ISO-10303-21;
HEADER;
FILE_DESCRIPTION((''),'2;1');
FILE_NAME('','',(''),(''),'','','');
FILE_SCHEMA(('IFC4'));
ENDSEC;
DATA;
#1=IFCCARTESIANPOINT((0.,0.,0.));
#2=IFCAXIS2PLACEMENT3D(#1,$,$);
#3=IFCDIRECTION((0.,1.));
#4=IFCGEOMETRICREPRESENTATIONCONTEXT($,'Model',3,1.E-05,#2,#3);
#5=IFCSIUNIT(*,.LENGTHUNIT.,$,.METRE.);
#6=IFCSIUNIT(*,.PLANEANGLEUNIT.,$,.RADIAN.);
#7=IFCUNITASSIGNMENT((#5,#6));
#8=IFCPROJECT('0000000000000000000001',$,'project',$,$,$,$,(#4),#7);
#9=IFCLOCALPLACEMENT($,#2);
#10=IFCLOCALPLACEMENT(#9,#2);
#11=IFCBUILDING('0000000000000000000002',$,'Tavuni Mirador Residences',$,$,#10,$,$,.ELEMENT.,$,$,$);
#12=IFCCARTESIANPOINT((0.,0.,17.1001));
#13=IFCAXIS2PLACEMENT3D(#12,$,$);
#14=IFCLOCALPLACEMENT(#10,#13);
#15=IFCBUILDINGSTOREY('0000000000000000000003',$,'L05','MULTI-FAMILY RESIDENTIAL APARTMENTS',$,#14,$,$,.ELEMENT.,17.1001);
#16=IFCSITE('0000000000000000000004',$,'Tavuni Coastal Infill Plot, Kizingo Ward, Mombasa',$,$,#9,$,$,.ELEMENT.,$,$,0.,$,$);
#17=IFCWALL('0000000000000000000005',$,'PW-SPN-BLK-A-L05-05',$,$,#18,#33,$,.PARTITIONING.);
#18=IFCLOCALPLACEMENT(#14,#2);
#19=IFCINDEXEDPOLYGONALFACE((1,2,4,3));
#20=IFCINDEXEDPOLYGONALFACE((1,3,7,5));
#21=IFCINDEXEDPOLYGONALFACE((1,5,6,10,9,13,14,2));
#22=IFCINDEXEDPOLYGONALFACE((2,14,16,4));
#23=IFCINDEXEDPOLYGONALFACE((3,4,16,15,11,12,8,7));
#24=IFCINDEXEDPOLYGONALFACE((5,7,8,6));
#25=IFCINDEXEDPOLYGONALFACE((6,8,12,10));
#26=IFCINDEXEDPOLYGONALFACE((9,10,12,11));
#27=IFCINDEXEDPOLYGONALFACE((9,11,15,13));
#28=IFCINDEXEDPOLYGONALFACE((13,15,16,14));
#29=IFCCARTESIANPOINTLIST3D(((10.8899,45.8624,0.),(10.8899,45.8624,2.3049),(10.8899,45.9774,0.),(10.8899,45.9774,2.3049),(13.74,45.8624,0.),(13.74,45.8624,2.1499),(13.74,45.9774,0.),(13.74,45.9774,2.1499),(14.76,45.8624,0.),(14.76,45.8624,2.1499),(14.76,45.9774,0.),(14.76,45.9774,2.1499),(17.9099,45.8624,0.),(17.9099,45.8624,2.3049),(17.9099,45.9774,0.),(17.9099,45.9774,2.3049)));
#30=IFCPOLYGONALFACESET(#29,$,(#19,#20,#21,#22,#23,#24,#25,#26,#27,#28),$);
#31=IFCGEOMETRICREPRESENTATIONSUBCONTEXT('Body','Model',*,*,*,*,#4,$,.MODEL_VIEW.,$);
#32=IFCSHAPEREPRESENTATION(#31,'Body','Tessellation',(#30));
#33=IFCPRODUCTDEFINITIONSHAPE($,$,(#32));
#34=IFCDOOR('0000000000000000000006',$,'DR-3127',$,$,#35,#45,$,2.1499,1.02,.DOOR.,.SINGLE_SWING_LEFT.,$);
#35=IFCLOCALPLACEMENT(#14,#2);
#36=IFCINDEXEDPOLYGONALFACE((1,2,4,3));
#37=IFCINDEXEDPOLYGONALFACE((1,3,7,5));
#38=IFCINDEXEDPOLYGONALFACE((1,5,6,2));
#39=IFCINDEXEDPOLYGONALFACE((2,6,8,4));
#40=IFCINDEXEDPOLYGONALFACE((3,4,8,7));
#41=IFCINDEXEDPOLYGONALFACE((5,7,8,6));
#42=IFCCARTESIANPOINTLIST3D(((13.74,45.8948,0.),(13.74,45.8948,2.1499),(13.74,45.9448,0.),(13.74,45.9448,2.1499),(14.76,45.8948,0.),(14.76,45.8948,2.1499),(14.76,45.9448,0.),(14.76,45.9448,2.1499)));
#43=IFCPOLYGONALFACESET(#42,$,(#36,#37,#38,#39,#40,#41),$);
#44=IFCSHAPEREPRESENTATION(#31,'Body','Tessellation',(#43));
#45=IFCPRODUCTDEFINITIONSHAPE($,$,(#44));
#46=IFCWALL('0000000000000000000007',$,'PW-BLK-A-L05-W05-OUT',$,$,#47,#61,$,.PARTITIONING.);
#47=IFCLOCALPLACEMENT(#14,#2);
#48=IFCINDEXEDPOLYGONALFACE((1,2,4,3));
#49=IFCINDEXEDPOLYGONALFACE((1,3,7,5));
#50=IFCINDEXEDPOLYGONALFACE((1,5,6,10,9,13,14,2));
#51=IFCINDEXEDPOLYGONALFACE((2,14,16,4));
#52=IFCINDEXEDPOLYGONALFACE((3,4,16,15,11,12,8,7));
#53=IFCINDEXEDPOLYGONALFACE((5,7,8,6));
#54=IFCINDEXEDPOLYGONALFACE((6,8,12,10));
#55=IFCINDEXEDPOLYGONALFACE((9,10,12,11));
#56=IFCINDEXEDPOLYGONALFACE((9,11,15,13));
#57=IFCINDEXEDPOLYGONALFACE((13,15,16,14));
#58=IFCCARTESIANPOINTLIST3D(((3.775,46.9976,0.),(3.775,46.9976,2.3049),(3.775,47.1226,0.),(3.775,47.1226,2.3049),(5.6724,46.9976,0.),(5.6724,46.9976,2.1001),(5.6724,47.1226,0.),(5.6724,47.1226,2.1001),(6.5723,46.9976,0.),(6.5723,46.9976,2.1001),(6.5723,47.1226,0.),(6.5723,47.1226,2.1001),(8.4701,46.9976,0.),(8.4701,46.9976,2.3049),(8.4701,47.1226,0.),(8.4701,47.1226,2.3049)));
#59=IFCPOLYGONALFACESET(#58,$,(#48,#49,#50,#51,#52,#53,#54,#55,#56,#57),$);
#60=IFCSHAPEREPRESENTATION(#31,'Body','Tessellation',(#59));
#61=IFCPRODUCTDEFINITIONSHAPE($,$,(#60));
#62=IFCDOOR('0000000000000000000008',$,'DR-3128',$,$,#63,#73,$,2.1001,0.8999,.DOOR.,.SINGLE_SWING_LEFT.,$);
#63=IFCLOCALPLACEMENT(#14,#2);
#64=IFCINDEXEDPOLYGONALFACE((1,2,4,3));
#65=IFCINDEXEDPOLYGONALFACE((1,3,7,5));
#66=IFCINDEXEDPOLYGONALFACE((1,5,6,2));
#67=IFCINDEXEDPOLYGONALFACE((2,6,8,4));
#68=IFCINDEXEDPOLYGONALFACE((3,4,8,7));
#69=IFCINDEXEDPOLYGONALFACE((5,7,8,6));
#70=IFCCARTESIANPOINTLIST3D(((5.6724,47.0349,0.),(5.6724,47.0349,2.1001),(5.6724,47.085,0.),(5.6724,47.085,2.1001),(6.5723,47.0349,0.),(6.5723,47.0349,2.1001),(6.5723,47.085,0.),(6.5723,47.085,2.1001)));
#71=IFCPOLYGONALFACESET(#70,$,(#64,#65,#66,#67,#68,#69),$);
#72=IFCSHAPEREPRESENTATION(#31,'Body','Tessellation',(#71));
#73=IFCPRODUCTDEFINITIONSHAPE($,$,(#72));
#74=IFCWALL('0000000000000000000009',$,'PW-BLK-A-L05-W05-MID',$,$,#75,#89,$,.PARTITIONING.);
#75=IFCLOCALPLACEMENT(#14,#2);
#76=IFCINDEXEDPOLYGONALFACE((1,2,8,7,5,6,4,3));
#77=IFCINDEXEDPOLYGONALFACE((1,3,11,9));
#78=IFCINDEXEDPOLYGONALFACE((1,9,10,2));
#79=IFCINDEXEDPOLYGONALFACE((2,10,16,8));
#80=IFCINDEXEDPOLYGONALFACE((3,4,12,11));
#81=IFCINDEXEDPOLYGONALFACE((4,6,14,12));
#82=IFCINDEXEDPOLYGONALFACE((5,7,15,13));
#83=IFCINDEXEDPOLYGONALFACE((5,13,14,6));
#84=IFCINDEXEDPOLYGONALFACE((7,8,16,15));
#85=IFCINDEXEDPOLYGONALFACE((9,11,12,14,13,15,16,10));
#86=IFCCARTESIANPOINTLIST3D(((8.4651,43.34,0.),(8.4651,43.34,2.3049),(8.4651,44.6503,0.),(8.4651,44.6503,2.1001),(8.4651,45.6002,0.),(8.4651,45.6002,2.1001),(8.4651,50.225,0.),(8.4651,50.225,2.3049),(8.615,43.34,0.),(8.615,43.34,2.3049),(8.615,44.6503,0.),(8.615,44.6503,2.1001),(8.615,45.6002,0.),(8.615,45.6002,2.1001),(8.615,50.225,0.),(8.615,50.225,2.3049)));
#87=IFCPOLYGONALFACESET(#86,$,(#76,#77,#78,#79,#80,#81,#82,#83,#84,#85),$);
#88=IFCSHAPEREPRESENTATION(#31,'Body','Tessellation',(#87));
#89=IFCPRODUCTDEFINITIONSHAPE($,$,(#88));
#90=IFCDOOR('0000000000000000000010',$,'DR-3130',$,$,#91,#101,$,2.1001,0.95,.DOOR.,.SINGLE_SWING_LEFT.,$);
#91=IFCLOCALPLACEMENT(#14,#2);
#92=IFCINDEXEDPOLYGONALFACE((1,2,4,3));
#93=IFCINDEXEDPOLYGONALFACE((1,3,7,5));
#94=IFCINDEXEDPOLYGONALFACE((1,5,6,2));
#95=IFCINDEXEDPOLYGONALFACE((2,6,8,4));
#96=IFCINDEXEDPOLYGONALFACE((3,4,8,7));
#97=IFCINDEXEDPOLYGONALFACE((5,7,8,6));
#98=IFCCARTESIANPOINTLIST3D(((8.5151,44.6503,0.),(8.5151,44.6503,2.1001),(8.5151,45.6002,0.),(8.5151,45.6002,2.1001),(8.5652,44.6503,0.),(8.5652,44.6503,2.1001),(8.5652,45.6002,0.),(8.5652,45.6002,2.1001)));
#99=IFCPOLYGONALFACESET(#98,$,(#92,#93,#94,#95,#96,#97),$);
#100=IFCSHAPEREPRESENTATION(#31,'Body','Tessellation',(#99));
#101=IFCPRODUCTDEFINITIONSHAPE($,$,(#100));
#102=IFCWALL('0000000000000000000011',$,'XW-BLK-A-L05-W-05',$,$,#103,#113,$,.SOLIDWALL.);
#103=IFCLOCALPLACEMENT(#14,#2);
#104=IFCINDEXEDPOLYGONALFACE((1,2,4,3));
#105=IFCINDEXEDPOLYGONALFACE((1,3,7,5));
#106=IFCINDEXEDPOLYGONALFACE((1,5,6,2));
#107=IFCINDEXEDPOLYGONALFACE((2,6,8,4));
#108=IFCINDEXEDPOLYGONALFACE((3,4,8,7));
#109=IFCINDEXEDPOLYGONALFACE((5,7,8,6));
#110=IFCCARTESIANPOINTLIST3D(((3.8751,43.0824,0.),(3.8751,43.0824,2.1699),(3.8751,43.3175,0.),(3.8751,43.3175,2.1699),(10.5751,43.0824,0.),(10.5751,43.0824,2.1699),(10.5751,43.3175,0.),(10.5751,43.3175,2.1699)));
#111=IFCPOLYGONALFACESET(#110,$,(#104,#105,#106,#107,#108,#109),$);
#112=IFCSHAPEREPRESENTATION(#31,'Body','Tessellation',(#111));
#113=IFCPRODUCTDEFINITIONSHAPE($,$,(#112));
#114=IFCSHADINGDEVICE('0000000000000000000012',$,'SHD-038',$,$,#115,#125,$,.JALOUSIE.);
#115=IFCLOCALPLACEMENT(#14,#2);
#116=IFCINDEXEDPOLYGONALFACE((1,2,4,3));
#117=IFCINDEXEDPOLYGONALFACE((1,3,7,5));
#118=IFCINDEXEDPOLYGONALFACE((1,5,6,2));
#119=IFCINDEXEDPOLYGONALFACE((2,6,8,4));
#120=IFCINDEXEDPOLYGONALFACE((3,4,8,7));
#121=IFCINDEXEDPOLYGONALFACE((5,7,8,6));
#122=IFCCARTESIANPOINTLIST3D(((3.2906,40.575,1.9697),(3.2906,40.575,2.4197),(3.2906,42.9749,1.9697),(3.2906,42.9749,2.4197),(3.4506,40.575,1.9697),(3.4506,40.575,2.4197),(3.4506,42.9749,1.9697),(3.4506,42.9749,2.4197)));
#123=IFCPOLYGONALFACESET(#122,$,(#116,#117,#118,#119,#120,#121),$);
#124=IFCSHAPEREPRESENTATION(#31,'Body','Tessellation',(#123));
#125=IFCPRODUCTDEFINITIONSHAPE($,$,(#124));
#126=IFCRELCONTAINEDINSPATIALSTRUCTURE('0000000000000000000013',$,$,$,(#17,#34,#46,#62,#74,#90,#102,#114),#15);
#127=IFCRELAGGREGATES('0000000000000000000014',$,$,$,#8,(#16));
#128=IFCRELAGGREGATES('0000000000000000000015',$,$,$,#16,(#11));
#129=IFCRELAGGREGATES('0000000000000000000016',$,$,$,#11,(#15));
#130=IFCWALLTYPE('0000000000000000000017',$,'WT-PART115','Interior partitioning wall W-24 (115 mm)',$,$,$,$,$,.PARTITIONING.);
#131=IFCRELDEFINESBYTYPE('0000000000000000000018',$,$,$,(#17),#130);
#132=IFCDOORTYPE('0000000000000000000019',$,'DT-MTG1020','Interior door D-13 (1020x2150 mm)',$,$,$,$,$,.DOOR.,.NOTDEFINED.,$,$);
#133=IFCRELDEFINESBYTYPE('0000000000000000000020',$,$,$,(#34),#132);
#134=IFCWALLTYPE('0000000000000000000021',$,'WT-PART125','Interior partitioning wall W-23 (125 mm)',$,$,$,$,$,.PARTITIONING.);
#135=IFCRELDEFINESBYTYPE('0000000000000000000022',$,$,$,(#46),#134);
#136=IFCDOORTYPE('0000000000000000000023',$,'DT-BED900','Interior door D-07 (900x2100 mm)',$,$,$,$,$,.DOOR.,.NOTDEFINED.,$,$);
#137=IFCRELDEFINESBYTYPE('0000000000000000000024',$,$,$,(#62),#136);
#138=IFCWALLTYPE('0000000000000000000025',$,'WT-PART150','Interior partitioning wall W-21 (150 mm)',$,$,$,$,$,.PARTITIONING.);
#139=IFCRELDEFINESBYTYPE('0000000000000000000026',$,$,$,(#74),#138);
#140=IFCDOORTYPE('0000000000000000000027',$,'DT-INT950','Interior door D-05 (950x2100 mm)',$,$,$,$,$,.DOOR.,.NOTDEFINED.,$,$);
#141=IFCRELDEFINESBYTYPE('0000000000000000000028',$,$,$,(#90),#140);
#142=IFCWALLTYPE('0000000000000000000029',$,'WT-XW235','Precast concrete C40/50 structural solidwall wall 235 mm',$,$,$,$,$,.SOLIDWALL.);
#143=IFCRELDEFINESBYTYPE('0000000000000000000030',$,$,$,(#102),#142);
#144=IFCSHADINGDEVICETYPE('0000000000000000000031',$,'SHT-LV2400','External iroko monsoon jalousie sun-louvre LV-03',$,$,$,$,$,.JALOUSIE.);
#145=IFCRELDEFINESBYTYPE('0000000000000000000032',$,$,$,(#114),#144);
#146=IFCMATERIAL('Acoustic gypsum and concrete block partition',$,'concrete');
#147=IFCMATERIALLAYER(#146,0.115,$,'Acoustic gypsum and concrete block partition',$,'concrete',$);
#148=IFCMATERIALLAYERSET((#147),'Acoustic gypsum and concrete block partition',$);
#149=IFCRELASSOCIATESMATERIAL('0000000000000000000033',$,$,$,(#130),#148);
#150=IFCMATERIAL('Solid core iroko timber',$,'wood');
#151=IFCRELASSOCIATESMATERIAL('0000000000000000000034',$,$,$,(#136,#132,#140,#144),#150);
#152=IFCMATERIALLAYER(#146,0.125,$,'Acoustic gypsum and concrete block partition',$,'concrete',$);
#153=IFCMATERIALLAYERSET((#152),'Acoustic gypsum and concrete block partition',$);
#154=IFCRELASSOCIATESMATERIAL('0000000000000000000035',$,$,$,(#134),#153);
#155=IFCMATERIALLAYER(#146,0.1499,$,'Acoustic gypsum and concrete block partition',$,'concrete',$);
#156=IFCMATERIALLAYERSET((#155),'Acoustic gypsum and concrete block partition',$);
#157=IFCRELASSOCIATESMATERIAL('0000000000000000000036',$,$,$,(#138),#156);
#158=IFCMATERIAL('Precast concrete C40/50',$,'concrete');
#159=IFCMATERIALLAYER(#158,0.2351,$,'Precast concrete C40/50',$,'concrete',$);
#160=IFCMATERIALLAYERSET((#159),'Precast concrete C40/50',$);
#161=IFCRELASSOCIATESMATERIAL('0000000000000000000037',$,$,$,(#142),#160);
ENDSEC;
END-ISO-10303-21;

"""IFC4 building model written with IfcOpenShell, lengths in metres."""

from ifc_helpers import new_model, si_unit, direction, frame, frame_2d, origin, origin_2d, place, context, subcontext, project, spatial, rectangle, extrude, material, layer, layer_set, type_object, element, fill, save


model = new_model("IFC4")

# Units and contexts
model_context = context("Model", 3, precision=1e-05, world=origin(), true_north=direction((0.0, 1.0)))
body_context = subcontext(model_context, "Body", "Model", "MODEL_VIEW")
ifc_project = project(units=[si_unit("LENGTHUNIT", "METRE"), si_unit("PLANEANGLEUNIT", "RADIAN")], contexts=[model_context])

# Site, building, storey
site_placement = place(None, origin())
site = spatial("IfcSite", under=ifc_project, at=site_placement, Name="Tavuni Coastal Infill Plot, Kizingo Ward, Mombasa", CompositionType="ELEMENT", RefElevation=0.0)
building_placement = place(site_placement, origin())
building = spatial("IfcBuilding", under=site, at=building_placement, Name="Tavuni Mirador Residences", CompositionType="ELEMENT")
storey_placement = place(building_placement, frame((0.0, 0.0, 17.1001)))
storey = spatial("IfcBuildingStorey", under=building, at=storey_placement, Name="L05", Description="MULTI-FAMILY RESIDENTIAL APARTMENTS", CompositionType="ELEMENT", Elevation=17.1001)

# Shared definitions
ifc_material_1 = material(Name="Precast concrete C40/50", Category="concrete")

# Shared definitions
ifc_material_2 = material(Name="Solid core iroko timber", Category="wood")

# Walls, openings, doors
ifc_material_3 = material(Name="Acoustic gypsum and concrete block partition", Category="concrete")
ifc_layer_1 = layer(ifc_material_3, 0.115, Name="Acoustic gypsum and concrete block partition", Category="concrete")
ifc_layer_set_1 = layer_set([ifc_layer_1], Name="Acoustic gypsum and concrete block partition")
wall_type_1 = type_object("IfcWallType", Name="WT-PART115", Description="Interior partitioning wall W-24 (115 mm)", PredefinedType="PARTITIONING", material=ifc_layer_set_1)
door_type_1 = type_object("IfcDoorType", Name="DT-BED900", Description="Interior door D-07 (900x2100 mm)", OperationType="NOTDEFINED", PredefinedType="DOOR", material=ifc_material_2)
wall_1_placement = place(storey_placement, frame((10.8899, 45.9199, 0.0), z_axis=(0.0, 0.0, 1.0), x_axis=(1.0, 0.0, 0.0)))
wall_1 = element("IfcWall", 1, at=wall_1_placement, inside=storey, type_object=wall_type_1, Name="PW-SPN-BLK-A-L05-05", PredefinedType="PARTITIONING", context=body_context, shape_type="SweptSolid", body=[
    extrude(rectangle(XDim=7.02, YDim=0.115, at=frame_2d((3.51, 0.0))), origin(), (0.0, 0.0, 1.0), 2.3049),
])
opening_1_placement = place(wall_1_placement, frame((2.8501, 0.0, 0.0)))
opening_1 = element("IfcOpeningElement", 2, at=opening_1_placement, cuts=wall_1, PredefinedType="OPENING", context=body_context, shape_type="SweptSolid", body=[
    extrude(rectangle(XDim=1.02, YDim=2.1499, at=frame_2d((0.51, 1.075))), frame((0.0, 0.0674, 0.0), z_axis=(0.0, -1.0, 0.0), x_axis=(1.0, 0.0, 0.0)), (0.0, 0.0, 1.0), 0.135),
])
door_type_2 = type_object("IfcDoorType", Name="DT-MTG1020", Description="Interior door D-13 (1020x2150 mm)", OperationType="NOTDEFINED", PredefinedType="DOOR", material=ifc_material_2)
door_1_placement = place(opening_1_placement, origin())
door_1 = element("IfcDoor", 3, at=door_1_placement, inside=storey, type_object=door_type_2, Name="DR-3127", OperationType="SINGLE_SWING_LEFT", OverallHeight=2.1499, OverallWidth=1.02, PredefinedType="DOOR", context=body_context, shape_type="SweptSolid", body=[
    extrude(rectangle(XDim=1.02, YDim=2.1499, at=frame_2d((0.51, 1.075))), frame((0.0, 0.0249, 0.0), z_axis=(0.0, -1.0, 0.0), x_axis=(1.0, 0.0, 0.0)), (0.0, 0.0, 1.0), 0.05),
])
fill(opening_1, door_1)
ifc_layer_2 = layer(ifc_material_3, 0.125, Name="Acoustic gypsum and concrete block partition", Category="concrete")
ifc_layer_set_2 = layer_set([ifc_layer_2], Name="Acoustic gypsum and concrete block partition")
wall_type_2 = type_object("IfcWallType", Name="WT-PART125", Description="Interior partitioning wall W-23 (125 mm)", PredefinedType="PARTITIONING", material=ifc_layer_set_2)
wall_2_placement = place(storey_placement, frame((3.7749, 47.0601, 0.0), z_axis=(0.0, 0.0, 1.0), x_axis=(1.0, 0.0, 0.0)))
wall_2 = element("IfcWall", 4, at=wall_2_placement, inside=storey, type_object=wall_type_2, Name="PW-BLK-A-L05-W05-OUT", PredefinedType="PARTITIONING", context=body_context, shape_type="SweptSolid", body=[
    extrude(rectangle(XDim=4.6951, YDim=0.125, at=frame_2d((2.3477, 0.0))), origin(), (0.0, 0.0, 1.0), 2.3049),
])
opening_2_placement = place(wall_2_placement, frame((1.8975, 0.0, 0.0)))
opening_2 = element("IfcOpeningElement", 5, at=opening_2_placement, cuts=wall_2, PredefinedType="OPENING", context=body_context, shape_type="SweptSolid", body=[
    extrude(rectangle(XDim=0.8999, YDim=2.1001, at=frame_2d((0.45, 1.05))), frame((0.0, 0.0725, 0.0), z_axis=(0.0, -1.0, 0.0), x_axis=(1.0, 0.0, 0.0)), (0.0, 0.0, 1.0), 0.145),
])
door_2_placement = place(opening_2_placement, origin())
door_2 = element("IfcDoor", 6, at=door_2_placement, inside=storey, type_object=door_type_1, Name="DR-3128", OperationType="SINGLE_SWING_LEFT", OverallHeight=2.1001, OverallWidth=0.8999, PredefinedType="DOOR", context=body_context, shape_type="SweptSolid", body=[
    extrude(rectangle(XDim=0.8999, YDim=2.1001, at=frame_2d((0.45, 1.05))), frame((0.0, 0.0249, 0.0), z_axis=(0.0, -1.0, 0.0), x_axis=(1.0, 0.0, 0.0)), (0.0, 0.0, 1.0), 0.05),
])
fill(opening_2, door_2)
ifc_layer_3 = layer(ifc_material_3, 0.1499, Name="Acoustic gypsum and concrete block partition", Category="concrete")
ifc_layer_set_3 = layer_set([ifc_layer_3], Name="Acoustic gypsum and concrete block partition")
wall_type_3 = type_object("IfcWallType", Name="WT-PART150", Description="Interior partitioning wall W-21 (150 mm)", PredefinedType="PARTITIONING", material=ifc_layer_set_3)
wall_3_placement = place(storey_placement, frame((8.54, 43.3401, 0.0), z_axis=(0.0, 0.0, 1.0), x_axis=(0.0, 1.0, 0.0)))
wall_3 = element("IfcWall", 7, at=wall_3_placement, inside=storey, type_object=wall_type_3, Name="PW-BLK-A-L05-W05-MID", PredefinedType="PARTITIONING", context=body_context, shape_type="SweptSolid", body=[
    extrude(rectangle(XDim=6.885, YDim=0.1499, at=frame_2d((3.4424, 0.0))), origin(), (0.0, 0.0, 1.0), 2.3049),
])
opening_3_placement = place(wall_3_placement, frame((1.3101, 0.0, 0.0)))
opening_3 = element("IfcOpeningElement", 8, at=opening_3_placement, cuts=wall_3, PredefinedType="OPENING", context=body_context, shape_type="SweptSolid", body=[
    extrude(rectangle(XDim=0.95, YDim=2.1001, at=frame_2d((0.4751, 1.05))), frame((0.0, 0.085, 0.0), z_axis=(0.0, -1.0, 0.0), x_axis=(1.0, 0.0, 0.0)), (0.0, 0.0, 1.0), 0.1699),
])
door_type_3 = type_object("IfcDoorType", Name="DT-INT950", Description="Interior door D-05 (950x2100 mm)", OperationType="NOTDEFINED", PredefinedType="DOOR", material=ifc_material_2)
door_3_placement = place(opening_3_placement, origin())
door_3 = element("IfcDoor", 9, at=door_3_placement, inside=storey, type_object=door_type_3, Name="DR-3130", OperationType="SINGLE_SWING_LEFT", OverallHeight=2.1001, OverallWidth=0.95, PredefinedType="DOOR", context=body_context, shape_type="SweptSolid", body=[
    extrude(rectangle(XDim=0.95, YDim=2.1001, at=frame_2d((0.4751, 1.05))), frame((0.0, 0.0249, 0.0), z_axis=(0.0, -1.0, 0.0), x_axis=(1.0, 0.0, 0.0)), (0.0, 0.0, 1.0), 0.05),
])
fill(opening_3, door_3)

# Wall
ifc_layer_4 = layer(ifc_material_1, 0.2351, Name="Precast concrete C40/50", Category="concrete")
ifc_layer_set_4 = layer_set([ifc_layer_4], Name="Precast concrete C40/50")
wall_type_4 = type_object("IfcWallType", Name="WT-XW235", Description="Precast concrete C40/50 structural solidwall wall 235 mm", PredefinedType="SOLIDWALL", material=ifc_layer_set_4)
wall_4_placement = place(storey_placement, frame((3.875, 43.2, 0.0), z_axis=(0.0, 0.0, 1.0), x_axis=(1.0, 0.0, 0.0)))
element("IfcWall", 10, at=wall_4_placement, inside=storey, type_object=wall_type_4, Name="XW-BLK-A-L05-W-05", PredefinedType="SOLIDWALL", context=body_context, shape_type="SweptSolid", body=[
    extrude(rectangle(XDim=6.7, YDim=0.2351, at=frame_2d((3.3501, 0.0))), origin(), (0.0, 0.0, 1.0), 2.1699),
])

# Shading device
shading_device_type = type_object("IfcShadingDeviceType", Name="SHT-LV2400", Description="External iroko monsoon jalousie sun-louvre LV-03", PredefinedType="JALOUSIE", material=ifc_material_2)
shading_device_placement = place(storey_placement, frame((3.3706, 41.7749, 1.9697), z_axis=(0.0, 0.0, 1.0), x_axis=(0.0, -1.0, 0.0)))
element("IfcShadingDevice", 11, at=shading_device_placement, inside=storey, type_object=shading_device_type, Name="SHD-038", PredefinedType="JALOUSIE", context=body_context, shape_type="SweptSolid", body=[
    extrude(rectangle(XDim=2.3999, YDim=0.1599, at=origin_2d()), origin(), (0.0, 0.0, 1.0), 0.45),
])

save(model, "model.ifc")
